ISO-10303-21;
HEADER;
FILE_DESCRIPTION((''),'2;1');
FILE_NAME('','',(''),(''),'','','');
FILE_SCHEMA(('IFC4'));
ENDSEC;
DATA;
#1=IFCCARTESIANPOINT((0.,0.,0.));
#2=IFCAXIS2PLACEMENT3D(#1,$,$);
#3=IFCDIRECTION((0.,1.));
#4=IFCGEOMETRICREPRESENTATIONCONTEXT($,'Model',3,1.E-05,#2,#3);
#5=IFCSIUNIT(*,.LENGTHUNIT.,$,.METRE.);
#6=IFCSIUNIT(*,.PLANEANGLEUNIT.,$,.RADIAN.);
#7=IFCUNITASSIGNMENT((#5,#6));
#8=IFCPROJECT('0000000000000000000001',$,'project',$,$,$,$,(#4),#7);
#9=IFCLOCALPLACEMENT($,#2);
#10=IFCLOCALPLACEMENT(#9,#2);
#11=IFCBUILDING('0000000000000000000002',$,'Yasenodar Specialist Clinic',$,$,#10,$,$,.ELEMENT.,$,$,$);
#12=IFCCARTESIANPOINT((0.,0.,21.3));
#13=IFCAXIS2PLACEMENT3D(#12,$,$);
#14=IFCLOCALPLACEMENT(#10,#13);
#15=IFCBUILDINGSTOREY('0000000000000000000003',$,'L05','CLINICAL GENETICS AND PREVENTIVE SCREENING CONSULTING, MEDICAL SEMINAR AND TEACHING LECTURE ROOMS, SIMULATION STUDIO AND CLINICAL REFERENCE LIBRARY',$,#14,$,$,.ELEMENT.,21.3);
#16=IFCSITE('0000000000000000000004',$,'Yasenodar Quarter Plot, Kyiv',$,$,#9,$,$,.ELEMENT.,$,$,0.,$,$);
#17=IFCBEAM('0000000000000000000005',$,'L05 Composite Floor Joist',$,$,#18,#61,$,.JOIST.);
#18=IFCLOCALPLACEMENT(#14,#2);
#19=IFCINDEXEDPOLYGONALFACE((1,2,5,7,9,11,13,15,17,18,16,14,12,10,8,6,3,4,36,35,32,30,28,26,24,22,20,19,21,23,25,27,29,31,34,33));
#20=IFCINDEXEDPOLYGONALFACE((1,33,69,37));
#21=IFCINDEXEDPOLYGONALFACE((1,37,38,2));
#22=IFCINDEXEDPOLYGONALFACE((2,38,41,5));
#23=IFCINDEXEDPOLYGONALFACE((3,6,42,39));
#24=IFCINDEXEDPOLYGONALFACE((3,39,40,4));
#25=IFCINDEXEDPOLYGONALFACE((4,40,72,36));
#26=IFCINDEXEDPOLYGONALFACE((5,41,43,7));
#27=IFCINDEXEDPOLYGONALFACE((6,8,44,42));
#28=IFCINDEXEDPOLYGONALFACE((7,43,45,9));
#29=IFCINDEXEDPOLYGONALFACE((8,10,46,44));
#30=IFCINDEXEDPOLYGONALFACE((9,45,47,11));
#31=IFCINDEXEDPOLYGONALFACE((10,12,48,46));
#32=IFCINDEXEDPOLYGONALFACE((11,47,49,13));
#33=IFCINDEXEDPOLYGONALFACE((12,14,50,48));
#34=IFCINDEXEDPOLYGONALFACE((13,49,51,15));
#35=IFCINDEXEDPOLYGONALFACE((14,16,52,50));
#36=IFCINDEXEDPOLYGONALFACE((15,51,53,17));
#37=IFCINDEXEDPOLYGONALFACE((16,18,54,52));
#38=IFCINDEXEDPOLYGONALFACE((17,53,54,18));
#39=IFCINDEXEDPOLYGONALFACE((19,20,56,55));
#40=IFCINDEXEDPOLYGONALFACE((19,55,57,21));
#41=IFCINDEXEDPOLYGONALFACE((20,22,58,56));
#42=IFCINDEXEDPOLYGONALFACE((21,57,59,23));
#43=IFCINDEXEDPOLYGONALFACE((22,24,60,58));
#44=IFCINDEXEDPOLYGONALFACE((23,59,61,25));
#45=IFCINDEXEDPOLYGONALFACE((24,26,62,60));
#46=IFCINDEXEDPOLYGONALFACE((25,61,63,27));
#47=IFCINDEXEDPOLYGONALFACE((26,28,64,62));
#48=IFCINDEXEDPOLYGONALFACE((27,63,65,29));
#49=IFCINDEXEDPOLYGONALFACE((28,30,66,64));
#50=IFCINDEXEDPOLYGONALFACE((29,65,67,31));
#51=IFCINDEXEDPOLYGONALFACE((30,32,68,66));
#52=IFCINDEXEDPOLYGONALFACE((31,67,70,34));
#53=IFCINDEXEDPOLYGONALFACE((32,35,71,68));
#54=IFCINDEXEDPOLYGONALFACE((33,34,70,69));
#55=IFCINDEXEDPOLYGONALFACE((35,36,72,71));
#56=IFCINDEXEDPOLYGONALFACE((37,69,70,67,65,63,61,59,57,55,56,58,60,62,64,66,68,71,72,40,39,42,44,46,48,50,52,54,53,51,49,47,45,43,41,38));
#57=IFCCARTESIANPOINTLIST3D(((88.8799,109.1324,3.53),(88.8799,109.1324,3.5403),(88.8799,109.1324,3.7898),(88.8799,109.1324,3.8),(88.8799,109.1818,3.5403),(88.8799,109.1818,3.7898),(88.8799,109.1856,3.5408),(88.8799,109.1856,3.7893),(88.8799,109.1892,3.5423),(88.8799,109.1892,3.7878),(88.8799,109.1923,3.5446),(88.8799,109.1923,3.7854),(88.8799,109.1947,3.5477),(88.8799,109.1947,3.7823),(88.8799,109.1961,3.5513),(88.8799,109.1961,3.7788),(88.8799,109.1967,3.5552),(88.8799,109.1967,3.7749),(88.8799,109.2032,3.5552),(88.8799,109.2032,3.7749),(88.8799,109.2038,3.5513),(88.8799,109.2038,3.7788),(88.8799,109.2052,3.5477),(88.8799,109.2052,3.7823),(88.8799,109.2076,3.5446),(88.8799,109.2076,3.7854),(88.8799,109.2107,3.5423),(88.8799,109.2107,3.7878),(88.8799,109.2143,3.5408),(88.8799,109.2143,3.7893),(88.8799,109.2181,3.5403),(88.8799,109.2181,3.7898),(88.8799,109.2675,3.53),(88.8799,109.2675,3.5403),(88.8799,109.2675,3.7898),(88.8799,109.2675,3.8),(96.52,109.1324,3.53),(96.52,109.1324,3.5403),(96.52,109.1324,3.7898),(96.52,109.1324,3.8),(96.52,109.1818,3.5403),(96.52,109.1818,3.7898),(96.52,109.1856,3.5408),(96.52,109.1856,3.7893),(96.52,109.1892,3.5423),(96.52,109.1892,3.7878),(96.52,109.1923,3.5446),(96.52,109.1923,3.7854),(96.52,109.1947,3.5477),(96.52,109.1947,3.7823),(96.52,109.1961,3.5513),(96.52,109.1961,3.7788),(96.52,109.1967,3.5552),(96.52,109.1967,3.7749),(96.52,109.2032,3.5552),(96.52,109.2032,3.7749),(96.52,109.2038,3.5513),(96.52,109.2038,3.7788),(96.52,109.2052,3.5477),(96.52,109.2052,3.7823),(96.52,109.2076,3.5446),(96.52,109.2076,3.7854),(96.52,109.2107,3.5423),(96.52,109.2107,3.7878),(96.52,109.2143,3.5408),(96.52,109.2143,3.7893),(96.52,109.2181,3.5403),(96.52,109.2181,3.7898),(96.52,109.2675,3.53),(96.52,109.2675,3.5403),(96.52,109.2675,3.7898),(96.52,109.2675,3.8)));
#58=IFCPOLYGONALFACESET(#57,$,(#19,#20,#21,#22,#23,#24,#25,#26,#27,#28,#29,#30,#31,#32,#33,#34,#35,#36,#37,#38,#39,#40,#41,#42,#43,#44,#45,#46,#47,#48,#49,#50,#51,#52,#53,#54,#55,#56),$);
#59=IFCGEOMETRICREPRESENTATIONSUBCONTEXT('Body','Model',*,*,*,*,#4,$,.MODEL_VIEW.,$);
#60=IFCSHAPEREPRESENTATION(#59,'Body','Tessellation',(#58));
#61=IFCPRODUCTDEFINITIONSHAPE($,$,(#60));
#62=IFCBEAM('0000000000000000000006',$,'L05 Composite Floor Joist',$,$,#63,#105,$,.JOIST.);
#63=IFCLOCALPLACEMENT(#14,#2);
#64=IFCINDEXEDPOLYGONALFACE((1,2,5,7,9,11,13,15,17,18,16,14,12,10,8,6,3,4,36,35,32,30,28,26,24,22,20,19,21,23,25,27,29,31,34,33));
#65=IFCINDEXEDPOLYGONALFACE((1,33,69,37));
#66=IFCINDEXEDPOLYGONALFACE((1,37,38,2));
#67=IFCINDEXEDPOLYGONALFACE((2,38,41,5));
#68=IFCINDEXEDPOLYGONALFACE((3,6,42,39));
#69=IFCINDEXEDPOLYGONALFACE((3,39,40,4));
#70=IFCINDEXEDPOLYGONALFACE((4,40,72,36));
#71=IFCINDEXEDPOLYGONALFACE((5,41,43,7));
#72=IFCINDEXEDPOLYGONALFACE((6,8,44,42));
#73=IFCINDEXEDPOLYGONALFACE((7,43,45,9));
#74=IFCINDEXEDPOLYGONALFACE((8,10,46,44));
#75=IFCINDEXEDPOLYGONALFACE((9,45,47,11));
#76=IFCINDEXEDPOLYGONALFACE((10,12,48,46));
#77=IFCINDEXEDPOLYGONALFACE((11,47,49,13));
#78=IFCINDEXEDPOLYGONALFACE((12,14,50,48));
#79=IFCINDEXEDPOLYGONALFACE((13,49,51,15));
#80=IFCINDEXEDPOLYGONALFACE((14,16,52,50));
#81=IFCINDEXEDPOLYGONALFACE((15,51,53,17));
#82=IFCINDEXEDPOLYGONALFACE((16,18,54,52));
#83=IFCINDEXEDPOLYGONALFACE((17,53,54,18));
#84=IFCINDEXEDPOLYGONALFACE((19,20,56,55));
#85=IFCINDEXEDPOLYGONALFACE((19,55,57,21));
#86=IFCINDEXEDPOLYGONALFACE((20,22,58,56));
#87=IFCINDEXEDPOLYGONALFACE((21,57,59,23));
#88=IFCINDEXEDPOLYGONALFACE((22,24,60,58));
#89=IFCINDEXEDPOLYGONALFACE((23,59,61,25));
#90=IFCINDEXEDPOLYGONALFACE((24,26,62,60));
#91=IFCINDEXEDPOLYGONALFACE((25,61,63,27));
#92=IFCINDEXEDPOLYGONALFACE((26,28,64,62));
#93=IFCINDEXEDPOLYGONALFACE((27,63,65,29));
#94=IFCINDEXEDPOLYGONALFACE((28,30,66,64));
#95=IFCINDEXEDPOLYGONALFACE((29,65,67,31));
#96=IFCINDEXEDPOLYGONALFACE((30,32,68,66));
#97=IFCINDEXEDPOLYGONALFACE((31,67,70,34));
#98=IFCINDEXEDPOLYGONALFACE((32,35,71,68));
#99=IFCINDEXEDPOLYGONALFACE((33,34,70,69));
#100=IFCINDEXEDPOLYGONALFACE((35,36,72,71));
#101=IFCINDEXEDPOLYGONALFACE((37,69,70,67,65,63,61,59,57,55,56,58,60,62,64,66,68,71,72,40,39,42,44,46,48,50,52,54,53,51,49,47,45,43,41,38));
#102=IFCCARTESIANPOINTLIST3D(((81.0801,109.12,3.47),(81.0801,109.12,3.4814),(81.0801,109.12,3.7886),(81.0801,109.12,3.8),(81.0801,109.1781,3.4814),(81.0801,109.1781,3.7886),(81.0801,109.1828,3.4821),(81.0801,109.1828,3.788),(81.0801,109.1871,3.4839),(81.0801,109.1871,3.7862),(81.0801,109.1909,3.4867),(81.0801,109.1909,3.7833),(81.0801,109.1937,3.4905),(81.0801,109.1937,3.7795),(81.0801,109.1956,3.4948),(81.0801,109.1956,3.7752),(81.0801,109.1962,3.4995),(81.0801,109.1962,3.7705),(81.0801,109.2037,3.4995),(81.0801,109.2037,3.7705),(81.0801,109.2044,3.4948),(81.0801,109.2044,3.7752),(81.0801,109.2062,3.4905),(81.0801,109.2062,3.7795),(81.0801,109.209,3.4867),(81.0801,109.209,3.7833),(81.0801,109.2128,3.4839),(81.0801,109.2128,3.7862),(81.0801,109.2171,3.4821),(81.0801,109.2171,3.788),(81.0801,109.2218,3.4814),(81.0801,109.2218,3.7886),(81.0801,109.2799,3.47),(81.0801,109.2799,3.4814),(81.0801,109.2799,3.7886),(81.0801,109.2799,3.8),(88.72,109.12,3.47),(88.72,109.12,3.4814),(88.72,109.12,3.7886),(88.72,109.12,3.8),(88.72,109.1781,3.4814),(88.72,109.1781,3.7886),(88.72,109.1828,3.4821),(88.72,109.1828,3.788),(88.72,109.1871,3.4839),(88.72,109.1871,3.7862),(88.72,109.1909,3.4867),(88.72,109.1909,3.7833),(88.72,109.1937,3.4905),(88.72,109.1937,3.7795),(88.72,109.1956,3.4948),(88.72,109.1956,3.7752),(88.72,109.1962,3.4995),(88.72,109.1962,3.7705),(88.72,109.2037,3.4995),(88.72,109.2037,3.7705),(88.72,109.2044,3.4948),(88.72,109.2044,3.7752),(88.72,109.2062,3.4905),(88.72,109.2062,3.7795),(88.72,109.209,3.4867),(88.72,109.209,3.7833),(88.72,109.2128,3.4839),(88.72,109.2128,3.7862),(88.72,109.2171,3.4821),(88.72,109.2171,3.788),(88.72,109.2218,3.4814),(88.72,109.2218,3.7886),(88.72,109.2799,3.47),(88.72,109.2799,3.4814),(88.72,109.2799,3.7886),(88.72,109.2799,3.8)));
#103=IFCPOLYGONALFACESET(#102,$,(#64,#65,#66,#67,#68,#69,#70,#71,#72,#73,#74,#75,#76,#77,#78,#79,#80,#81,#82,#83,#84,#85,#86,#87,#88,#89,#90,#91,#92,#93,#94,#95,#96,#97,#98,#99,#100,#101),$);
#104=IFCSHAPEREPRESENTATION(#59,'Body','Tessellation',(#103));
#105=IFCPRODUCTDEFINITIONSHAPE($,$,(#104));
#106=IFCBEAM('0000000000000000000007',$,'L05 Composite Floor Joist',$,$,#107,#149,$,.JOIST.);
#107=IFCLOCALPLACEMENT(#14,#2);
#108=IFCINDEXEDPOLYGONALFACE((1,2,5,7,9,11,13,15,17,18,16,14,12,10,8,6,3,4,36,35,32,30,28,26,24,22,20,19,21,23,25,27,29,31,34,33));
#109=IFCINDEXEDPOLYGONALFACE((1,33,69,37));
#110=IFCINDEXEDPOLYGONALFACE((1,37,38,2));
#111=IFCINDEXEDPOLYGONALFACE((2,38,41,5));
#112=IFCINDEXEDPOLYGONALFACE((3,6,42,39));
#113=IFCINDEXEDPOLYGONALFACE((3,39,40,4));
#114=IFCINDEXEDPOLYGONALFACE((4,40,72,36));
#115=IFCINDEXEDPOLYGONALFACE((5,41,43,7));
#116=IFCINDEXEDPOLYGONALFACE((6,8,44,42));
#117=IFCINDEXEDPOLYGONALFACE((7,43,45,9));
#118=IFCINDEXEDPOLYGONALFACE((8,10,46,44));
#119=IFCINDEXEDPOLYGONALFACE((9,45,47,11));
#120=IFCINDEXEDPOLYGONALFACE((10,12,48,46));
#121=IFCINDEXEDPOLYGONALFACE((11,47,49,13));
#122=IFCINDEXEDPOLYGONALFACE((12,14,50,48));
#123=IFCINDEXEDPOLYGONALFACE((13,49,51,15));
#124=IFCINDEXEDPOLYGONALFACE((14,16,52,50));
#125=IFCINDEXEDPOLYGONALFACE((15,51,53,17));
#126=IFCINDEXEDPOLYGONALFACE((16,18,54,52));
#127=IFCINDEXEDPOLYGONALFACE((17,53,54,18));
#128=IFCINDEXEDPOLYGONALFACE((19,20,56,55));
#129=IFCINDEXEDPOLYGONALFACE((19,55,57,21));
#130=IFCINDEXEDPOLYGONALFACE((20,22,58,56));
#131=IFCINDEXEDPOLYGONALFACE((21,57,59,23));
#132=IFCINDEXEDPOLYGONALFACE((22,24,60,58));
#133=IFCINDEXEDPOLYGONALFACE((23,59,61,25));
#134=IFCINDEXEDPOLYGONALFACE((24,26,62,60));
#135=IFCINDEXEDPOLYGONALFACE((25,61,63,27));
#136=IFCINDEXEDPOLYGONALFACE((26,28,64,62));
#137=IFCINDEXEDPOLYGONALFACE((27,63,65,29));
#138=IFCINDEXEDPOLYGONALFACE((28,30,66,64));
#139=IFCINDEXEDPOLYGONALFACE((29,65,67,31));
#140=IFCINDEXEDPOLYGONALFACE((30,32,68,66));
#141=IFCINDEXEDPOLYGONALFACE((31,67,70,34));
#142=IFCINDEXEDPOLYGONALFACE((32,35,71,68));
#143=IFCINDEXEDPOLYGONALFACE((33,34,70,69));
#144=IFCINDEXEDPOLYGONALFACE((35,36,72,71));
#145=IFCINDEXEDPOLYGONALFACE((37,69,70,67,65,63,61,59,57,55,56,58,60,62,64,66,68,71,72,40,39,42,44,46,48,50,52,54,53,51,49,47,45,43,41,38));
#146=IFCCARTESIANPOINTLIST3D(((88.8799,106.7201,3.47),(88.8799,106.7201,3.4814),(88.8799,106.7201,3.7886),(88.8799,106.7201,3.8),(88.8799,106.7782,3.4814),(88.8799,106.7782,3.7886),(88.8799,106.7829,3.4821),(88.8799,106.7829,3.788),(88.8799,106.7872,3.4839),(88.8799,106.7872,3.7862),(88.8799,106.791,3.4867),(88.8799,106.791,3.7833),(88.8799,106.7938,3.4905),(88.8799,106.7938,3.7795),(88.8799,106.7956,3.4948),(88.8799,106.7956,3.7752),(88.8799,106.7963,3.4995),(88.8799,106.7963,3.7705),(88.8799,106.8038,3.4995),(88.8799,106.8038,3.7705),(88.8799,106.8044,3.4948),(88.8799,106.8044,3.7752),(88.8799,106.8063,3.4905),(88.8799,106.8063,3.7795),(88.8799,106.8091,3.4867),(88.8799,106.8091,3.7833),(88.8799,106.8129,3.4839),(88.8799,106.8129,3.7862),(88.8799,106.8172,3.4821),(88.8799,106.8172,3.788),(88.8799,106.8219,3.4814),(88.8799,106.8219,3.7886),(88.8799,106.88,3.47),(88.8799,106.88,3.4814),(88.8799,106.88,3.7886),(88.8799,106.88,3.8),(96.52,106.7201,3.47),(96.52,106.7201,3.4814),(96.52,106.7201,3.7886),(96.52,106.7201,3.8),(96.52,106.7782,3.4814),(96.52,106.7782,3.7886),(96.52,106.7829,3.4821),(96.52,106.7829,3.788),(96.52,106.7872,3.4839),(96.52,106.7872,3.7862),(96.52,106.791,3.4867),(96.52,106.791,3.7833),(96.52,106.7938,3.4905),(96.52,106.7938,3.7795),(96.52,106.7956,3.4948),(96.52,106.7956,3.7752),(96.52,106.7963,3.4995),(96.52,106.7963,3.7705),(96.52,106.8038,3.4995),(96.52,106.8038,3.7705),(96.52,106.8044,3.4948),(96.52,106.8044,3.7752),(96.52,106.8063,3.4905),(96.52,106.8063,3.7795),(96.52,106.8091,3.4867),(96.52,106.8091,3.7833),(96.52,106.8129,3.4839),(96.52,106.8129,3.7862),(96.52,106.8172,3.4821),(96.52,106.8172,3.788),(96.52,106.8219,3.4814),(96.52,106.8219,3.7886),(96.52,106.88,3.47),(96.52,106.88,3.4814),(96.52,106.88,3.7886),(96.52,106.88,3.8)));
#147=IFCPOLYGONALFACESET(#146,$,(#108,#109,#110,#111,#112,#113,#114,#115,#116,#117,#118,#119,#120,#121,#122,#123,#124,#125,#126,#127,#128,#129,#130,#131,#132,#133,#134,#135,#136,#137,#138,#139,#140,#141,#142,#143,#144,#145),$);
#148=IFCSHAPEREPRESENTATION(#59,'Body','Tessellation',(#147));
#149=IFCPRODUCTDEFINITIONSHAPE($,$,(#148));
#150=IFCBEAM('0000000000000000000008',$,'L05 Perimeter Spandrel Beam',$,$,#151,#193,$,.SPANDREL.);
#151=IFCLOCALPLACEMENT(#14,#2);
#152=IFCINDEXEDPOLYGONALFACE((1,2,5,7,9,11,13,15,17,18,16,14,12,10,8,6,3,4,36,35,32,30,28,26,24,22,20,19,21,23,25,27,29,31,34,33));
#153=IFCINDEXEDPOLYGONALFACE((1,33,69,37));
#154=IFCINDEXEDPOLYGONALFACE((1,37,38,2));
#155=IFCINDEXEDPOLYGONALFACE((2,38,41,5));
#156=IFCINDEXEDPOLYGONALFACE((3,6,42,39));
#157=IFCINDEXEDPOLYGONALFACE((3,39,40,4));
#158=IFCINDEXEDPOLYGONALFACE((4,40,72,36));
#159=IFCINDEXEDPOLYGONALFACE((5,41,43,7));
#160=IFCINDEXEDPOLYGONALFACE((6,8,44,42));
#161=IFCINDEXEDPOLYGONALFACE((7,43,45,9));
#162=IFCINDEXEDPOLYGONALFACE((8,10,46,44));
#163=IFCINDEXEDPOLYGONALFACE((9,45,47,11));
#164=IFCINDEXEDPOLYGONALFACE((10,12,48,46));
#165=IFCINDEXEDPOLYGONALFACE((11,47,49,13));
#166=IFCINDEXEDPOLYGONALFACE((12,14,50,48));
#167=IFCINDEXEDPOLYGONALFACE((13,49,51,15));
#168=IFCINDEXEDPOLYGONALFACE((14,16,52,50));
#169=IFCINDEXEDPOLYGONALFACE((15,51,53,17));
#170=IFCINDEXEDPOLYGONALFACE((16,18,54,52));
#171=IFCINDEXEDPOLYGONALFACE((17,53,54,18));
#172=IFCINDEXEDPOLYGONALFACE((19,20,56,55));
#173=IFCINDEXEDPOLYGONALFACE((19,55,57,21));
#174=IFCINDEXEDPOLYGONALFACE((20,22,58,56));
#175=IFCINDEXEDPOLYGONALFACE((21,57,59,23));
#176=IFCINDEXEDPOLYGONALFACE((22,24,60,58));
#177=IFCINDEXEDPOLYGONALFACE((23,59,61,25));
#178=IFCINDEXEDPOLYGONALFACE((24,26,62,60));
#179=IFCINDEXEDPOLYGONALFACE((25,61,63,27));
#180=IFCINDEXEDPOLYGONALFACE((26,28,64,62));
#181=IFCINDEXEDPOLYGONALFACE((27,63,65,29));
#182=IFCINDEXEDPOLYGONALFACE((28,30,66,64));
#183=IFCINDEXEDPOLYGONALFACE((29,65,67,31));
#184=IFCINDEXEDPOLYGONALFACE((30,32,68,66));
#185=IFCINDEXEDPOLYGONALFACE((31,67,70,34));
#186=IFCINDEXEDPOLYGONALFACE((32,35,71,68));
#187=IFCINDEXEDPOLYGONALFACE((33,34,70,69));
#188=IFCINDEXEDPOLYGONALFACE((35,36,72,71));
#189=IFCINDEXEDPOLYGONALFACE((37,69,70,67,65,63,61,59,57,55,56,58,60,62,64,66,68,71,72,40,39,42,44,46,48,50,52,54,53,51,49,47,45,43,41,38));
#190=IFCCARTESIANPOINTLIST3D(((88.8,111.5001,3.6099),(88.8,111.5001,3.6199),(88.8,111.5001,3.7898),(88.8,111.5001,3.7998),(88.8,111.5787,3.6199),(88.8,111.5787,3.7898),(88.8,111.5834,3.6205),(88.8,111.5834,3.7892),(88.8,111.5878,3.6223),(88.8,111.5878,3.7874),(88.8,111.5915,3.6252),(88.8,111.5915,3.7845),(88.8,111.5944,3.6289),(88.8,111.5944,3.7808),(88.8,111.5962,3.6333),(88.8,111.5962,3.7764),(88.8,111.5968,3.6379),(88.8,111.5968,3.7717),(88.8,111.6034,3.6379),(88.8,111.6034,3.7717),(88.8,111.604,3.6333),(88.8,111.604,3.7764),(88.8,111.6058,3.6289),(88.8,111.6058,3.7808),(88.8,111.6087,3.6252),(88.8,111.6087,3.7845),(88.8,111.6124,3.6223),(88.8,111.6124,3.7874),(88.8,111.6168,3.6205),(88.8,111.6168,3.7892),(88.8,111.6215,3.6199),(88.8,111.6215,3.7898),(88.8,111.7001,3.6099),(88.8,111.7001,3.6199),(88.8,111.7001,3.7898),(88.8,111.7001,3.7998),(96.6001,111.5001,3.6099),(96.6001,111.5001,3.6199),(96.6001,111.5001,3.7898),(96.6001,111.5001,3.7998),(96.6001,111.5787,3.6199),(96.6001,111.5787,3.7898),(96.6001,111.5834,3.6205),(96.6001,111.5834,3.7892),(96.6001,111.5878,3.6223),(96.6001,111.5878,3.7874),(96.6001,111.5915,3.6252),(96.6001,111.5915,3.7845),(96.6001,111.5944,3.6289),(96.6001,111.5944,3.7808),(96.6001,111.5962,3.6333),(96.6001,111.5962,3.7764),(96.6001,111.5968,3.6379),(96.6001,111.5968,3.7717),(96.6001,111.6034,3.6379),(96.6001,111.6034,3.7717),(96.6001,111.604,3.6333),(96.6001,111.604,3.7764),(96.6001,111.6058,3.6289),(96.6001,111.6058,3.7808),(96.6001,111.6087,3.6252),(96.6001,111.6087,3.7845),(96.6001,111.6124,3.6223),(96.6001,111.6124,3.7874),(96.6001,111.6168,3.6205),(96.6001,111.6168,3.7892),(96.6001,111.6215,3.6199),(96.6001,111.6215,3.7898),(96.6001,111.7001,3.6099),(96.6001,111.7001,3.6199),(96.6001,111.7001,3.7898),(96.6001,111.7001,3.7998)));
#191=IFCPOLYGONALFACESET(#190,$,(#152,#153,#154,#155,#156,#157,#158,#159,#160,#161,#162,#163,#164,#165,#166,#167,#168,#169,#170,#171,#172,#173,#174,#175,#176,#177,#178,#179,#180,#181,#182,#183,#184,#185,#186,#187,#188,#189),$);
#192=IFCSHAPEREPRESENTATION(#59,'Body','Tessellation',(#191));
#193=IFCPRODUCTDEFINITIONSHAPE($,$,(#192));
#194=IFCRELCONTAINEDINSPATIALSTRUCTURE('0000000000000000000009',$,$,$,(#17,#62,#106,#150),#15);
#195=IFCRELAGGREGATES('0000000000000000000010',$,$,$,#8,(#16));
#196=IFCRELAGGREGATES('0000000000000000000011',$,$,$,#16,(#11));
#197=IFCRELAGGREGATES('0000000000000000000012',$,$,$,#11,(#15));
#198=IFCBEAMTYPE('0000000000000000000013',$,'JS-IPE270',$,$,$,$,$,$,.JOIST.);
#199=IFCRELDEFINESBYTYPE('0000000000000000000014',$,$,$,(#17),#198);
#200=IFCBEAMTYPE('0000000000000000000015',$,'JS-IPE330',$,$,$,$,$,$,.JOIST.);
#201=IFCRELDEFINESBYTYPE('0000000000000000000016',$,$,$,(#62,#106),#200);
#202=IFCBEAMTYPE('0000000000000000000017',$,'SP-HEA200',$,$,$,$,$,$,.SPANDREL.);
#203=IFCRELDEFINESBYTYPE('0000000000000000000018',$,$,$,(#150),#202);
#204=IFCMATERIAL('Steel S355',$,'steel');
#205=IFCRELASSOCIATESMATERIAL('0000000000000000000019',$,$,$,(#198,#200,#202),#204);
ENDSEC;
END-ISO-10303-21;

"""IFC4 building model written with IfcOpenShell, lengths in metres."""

from ifc_helpers import new_model, si_unit, direction, frame, origin, origin_2d, place, context, subcontext, project, spatial, i_section, extrude, material, material_profile, profile_set, type_object, element, save


model = new_model("IFC4")

# Units and contexts
model_context = context("Model", 3, precision=1e-05, world=origin(), true_north=direction((0.0, 1.0)))
body_context = subcontext(model_context, "Body", "Model", "MODEL_VIEW")
ifc_project = project(units=[si_unit("LENGTHUNIT", "METRE"), si_unit("PLANEANGLEUNIT", "RADIAN")], contexts=[model_context])

# Site, building, storey
site_placement = place(None, origin())
site = spatial("IfcSite", under=ifc_project, at=site_placement, Name="Yasenodar Quarter Plot, Kyiv", CompositionType="ELEMENT", RefElevation=0.0)
building_placement = place(site_placement, origin())
building = spatial("IfcBuilding", under=site, at=building_placement, Name="Yasenodar Specialist Clinic", CompositionType="ELEMENT")
storey_placement = place(building_placement, frame((0.0, 0.0, 21.3)))
storey = spatial("IfcBuildingStorey", under=building, at=storey_placement, Name="L05", Description="CLINICAL GENETICS AND PREVENTIVE SCREENING CONSULTING, MEDICAL SEMINAR AND TEACHING LECTURE ROOMS, SIMULATION STUDIO AND CLINICAL REFERENCE LIBRARY", CompositionType="ELEMENT", Elevation=21.3)

# Shared definitions
ifc_material_1 = material(Name="Steel S355", Category="steel")

# Beams
ifc_material_profile_1 = material_profile(ifc_material_1, i_section(OverallWidth=0.135, OverallDepth=0.27, WebThickness=0.0066, FlangeThickness=0.0103, FilletRadius=0.0149, at=origin_2d()), Name="IPE 270")
ifc_profile_set_1 = profile_set([ifc_material_profile_1], Name="Steel S355")
beam_type_1 = type_object("IfcBeamType", Name="JS-IPE270", PredefinedType="JOIST", material=ifc_profile_set_1)
beam_1_placement = place(storey_placement, frame((88.8799, 109.2, 3.665), z_axis=(1.0, 0.0, 0.0), x_axis=(0.0, 1.0, 0.0)))
element("IfcBeam", 1, at=beam_1_placement, inside=storey, type_object=beam_type_1, Name="L05 Composite Floor Joist", PredefinedType="JOIST", context=body_context, shape_type="SweptSolid", body=[
    extrude(i_section(OverallWidth=0.135, OverallDepth=0.27, WebThickness=0.0066, FlangeThickness=0.0103, FilletRadius=0.0149, at=origin_2d()), origin(), (0.0, 0.0, 1.0), 7.6401),
])
ifc_material_profile_2 = material_profile(ifc_material_1, i_section(OverallWidth=0.1599, OverallDepth=0.3301, WebThickness=0.0076, FlangeThickness=0.0115, FilletRadius=0.0181, at=origin_2d()), Name="IPE 330")
ifc_profile_set_2 = profile_set([ifc_material_profile_2], Name="Steel S355")
beam_type_2 = type_object("IfcBeamType", Name="JS-IPE330", PredefinedType="JOIST", material=ifc_profile_set_2)
beam_2_placement = place(storey_placement, frame((81.0801, 109.2, 3.635), z_axis=(1.0, 0.0, 0.0), x_axis=(0.0, 1.0, 0.0)))
element("IfcBeam", 2, at=beam_2_placement, inside=storey, type_object=beam_type_2, Name="L05 Composite Floor Joist", PredefinedType="JOIST", context=body_context, shape_type="SweptSolid", body=[
    extrude(i_section(OverallWidth=0.1599, OverallDepth=0.3301, WebThickness=0.0076, FlangeThickness=0.0115, FilletRadius=0.0181, at=origin_2d()), origin(), (0.0, 0.0, 1.0), 7.6399),
])
beam_3_placement = place(storey_placement, frame((88.8799, 106.8, 3.635), z_axis=(1.0, 0.0, 0.0), x_axis=(0.0, 1.0, 0.0)))
element("IfcBeam", 3, at=beam_3_placement, inside=storey, type_object=beam_type_2, Name="L05 Composite Floor Joist", PredefinedType="JOIST", context=body_context, shape_type="SweptSolid", body=[
    extrude(i_section(OverallWidth=0.1599, OverallDepth=0.3301, WebThickness=0.0076, FlangeThickness=0.0115, FilletRadius=0.0181, at=origin_2d()), origin(), (0.0, 0.0, 1.0), 7.6401),
])
ifc_material_profile_3 = material_profile(ifc_material_1, i_section(OverallWidth=0.2, OverallDepth=0.1899, WebThickness=0.0066, FlangeThickness=0.01, FilletRadius=0.0181, at=origin_2d()), Name="HEA 200")
ifc_profile_set_3 = profile_set([ifc_material_profile_3], Name="Steel S355")
beam_type_3 = type_object("IfcBeamType", Name="SP-HEA200", PredefinedType="SPANDREL", material=ifc_profile_set_3)
beam_4_placement = place(storey_placement, frame((88.8, 111.6001, 3.7048), z_axis=(1.0, 0.0, 0.0), x_axis=(0.0, 1.0, 0.0)))
element("IfcBeam", 4, at=beam_4_placement, inside=storey, type_object=beam_type_3, Name="L05 Perimeter Spandrel Beam", PredefinedType="SPANDREL", context=body_context, shape_type="SweptSolid", body=[
    extrude(i_section(OverallWidth=0.2, OverallDepth=0.1899, WebThickness=0.0066, FlangeThickness=0.01, FilletRadius=0.0181, at=origin_2d()), origin(), (0.0, 0.0, 1.0), 7.8),
])

save(model, "model.ifc")
